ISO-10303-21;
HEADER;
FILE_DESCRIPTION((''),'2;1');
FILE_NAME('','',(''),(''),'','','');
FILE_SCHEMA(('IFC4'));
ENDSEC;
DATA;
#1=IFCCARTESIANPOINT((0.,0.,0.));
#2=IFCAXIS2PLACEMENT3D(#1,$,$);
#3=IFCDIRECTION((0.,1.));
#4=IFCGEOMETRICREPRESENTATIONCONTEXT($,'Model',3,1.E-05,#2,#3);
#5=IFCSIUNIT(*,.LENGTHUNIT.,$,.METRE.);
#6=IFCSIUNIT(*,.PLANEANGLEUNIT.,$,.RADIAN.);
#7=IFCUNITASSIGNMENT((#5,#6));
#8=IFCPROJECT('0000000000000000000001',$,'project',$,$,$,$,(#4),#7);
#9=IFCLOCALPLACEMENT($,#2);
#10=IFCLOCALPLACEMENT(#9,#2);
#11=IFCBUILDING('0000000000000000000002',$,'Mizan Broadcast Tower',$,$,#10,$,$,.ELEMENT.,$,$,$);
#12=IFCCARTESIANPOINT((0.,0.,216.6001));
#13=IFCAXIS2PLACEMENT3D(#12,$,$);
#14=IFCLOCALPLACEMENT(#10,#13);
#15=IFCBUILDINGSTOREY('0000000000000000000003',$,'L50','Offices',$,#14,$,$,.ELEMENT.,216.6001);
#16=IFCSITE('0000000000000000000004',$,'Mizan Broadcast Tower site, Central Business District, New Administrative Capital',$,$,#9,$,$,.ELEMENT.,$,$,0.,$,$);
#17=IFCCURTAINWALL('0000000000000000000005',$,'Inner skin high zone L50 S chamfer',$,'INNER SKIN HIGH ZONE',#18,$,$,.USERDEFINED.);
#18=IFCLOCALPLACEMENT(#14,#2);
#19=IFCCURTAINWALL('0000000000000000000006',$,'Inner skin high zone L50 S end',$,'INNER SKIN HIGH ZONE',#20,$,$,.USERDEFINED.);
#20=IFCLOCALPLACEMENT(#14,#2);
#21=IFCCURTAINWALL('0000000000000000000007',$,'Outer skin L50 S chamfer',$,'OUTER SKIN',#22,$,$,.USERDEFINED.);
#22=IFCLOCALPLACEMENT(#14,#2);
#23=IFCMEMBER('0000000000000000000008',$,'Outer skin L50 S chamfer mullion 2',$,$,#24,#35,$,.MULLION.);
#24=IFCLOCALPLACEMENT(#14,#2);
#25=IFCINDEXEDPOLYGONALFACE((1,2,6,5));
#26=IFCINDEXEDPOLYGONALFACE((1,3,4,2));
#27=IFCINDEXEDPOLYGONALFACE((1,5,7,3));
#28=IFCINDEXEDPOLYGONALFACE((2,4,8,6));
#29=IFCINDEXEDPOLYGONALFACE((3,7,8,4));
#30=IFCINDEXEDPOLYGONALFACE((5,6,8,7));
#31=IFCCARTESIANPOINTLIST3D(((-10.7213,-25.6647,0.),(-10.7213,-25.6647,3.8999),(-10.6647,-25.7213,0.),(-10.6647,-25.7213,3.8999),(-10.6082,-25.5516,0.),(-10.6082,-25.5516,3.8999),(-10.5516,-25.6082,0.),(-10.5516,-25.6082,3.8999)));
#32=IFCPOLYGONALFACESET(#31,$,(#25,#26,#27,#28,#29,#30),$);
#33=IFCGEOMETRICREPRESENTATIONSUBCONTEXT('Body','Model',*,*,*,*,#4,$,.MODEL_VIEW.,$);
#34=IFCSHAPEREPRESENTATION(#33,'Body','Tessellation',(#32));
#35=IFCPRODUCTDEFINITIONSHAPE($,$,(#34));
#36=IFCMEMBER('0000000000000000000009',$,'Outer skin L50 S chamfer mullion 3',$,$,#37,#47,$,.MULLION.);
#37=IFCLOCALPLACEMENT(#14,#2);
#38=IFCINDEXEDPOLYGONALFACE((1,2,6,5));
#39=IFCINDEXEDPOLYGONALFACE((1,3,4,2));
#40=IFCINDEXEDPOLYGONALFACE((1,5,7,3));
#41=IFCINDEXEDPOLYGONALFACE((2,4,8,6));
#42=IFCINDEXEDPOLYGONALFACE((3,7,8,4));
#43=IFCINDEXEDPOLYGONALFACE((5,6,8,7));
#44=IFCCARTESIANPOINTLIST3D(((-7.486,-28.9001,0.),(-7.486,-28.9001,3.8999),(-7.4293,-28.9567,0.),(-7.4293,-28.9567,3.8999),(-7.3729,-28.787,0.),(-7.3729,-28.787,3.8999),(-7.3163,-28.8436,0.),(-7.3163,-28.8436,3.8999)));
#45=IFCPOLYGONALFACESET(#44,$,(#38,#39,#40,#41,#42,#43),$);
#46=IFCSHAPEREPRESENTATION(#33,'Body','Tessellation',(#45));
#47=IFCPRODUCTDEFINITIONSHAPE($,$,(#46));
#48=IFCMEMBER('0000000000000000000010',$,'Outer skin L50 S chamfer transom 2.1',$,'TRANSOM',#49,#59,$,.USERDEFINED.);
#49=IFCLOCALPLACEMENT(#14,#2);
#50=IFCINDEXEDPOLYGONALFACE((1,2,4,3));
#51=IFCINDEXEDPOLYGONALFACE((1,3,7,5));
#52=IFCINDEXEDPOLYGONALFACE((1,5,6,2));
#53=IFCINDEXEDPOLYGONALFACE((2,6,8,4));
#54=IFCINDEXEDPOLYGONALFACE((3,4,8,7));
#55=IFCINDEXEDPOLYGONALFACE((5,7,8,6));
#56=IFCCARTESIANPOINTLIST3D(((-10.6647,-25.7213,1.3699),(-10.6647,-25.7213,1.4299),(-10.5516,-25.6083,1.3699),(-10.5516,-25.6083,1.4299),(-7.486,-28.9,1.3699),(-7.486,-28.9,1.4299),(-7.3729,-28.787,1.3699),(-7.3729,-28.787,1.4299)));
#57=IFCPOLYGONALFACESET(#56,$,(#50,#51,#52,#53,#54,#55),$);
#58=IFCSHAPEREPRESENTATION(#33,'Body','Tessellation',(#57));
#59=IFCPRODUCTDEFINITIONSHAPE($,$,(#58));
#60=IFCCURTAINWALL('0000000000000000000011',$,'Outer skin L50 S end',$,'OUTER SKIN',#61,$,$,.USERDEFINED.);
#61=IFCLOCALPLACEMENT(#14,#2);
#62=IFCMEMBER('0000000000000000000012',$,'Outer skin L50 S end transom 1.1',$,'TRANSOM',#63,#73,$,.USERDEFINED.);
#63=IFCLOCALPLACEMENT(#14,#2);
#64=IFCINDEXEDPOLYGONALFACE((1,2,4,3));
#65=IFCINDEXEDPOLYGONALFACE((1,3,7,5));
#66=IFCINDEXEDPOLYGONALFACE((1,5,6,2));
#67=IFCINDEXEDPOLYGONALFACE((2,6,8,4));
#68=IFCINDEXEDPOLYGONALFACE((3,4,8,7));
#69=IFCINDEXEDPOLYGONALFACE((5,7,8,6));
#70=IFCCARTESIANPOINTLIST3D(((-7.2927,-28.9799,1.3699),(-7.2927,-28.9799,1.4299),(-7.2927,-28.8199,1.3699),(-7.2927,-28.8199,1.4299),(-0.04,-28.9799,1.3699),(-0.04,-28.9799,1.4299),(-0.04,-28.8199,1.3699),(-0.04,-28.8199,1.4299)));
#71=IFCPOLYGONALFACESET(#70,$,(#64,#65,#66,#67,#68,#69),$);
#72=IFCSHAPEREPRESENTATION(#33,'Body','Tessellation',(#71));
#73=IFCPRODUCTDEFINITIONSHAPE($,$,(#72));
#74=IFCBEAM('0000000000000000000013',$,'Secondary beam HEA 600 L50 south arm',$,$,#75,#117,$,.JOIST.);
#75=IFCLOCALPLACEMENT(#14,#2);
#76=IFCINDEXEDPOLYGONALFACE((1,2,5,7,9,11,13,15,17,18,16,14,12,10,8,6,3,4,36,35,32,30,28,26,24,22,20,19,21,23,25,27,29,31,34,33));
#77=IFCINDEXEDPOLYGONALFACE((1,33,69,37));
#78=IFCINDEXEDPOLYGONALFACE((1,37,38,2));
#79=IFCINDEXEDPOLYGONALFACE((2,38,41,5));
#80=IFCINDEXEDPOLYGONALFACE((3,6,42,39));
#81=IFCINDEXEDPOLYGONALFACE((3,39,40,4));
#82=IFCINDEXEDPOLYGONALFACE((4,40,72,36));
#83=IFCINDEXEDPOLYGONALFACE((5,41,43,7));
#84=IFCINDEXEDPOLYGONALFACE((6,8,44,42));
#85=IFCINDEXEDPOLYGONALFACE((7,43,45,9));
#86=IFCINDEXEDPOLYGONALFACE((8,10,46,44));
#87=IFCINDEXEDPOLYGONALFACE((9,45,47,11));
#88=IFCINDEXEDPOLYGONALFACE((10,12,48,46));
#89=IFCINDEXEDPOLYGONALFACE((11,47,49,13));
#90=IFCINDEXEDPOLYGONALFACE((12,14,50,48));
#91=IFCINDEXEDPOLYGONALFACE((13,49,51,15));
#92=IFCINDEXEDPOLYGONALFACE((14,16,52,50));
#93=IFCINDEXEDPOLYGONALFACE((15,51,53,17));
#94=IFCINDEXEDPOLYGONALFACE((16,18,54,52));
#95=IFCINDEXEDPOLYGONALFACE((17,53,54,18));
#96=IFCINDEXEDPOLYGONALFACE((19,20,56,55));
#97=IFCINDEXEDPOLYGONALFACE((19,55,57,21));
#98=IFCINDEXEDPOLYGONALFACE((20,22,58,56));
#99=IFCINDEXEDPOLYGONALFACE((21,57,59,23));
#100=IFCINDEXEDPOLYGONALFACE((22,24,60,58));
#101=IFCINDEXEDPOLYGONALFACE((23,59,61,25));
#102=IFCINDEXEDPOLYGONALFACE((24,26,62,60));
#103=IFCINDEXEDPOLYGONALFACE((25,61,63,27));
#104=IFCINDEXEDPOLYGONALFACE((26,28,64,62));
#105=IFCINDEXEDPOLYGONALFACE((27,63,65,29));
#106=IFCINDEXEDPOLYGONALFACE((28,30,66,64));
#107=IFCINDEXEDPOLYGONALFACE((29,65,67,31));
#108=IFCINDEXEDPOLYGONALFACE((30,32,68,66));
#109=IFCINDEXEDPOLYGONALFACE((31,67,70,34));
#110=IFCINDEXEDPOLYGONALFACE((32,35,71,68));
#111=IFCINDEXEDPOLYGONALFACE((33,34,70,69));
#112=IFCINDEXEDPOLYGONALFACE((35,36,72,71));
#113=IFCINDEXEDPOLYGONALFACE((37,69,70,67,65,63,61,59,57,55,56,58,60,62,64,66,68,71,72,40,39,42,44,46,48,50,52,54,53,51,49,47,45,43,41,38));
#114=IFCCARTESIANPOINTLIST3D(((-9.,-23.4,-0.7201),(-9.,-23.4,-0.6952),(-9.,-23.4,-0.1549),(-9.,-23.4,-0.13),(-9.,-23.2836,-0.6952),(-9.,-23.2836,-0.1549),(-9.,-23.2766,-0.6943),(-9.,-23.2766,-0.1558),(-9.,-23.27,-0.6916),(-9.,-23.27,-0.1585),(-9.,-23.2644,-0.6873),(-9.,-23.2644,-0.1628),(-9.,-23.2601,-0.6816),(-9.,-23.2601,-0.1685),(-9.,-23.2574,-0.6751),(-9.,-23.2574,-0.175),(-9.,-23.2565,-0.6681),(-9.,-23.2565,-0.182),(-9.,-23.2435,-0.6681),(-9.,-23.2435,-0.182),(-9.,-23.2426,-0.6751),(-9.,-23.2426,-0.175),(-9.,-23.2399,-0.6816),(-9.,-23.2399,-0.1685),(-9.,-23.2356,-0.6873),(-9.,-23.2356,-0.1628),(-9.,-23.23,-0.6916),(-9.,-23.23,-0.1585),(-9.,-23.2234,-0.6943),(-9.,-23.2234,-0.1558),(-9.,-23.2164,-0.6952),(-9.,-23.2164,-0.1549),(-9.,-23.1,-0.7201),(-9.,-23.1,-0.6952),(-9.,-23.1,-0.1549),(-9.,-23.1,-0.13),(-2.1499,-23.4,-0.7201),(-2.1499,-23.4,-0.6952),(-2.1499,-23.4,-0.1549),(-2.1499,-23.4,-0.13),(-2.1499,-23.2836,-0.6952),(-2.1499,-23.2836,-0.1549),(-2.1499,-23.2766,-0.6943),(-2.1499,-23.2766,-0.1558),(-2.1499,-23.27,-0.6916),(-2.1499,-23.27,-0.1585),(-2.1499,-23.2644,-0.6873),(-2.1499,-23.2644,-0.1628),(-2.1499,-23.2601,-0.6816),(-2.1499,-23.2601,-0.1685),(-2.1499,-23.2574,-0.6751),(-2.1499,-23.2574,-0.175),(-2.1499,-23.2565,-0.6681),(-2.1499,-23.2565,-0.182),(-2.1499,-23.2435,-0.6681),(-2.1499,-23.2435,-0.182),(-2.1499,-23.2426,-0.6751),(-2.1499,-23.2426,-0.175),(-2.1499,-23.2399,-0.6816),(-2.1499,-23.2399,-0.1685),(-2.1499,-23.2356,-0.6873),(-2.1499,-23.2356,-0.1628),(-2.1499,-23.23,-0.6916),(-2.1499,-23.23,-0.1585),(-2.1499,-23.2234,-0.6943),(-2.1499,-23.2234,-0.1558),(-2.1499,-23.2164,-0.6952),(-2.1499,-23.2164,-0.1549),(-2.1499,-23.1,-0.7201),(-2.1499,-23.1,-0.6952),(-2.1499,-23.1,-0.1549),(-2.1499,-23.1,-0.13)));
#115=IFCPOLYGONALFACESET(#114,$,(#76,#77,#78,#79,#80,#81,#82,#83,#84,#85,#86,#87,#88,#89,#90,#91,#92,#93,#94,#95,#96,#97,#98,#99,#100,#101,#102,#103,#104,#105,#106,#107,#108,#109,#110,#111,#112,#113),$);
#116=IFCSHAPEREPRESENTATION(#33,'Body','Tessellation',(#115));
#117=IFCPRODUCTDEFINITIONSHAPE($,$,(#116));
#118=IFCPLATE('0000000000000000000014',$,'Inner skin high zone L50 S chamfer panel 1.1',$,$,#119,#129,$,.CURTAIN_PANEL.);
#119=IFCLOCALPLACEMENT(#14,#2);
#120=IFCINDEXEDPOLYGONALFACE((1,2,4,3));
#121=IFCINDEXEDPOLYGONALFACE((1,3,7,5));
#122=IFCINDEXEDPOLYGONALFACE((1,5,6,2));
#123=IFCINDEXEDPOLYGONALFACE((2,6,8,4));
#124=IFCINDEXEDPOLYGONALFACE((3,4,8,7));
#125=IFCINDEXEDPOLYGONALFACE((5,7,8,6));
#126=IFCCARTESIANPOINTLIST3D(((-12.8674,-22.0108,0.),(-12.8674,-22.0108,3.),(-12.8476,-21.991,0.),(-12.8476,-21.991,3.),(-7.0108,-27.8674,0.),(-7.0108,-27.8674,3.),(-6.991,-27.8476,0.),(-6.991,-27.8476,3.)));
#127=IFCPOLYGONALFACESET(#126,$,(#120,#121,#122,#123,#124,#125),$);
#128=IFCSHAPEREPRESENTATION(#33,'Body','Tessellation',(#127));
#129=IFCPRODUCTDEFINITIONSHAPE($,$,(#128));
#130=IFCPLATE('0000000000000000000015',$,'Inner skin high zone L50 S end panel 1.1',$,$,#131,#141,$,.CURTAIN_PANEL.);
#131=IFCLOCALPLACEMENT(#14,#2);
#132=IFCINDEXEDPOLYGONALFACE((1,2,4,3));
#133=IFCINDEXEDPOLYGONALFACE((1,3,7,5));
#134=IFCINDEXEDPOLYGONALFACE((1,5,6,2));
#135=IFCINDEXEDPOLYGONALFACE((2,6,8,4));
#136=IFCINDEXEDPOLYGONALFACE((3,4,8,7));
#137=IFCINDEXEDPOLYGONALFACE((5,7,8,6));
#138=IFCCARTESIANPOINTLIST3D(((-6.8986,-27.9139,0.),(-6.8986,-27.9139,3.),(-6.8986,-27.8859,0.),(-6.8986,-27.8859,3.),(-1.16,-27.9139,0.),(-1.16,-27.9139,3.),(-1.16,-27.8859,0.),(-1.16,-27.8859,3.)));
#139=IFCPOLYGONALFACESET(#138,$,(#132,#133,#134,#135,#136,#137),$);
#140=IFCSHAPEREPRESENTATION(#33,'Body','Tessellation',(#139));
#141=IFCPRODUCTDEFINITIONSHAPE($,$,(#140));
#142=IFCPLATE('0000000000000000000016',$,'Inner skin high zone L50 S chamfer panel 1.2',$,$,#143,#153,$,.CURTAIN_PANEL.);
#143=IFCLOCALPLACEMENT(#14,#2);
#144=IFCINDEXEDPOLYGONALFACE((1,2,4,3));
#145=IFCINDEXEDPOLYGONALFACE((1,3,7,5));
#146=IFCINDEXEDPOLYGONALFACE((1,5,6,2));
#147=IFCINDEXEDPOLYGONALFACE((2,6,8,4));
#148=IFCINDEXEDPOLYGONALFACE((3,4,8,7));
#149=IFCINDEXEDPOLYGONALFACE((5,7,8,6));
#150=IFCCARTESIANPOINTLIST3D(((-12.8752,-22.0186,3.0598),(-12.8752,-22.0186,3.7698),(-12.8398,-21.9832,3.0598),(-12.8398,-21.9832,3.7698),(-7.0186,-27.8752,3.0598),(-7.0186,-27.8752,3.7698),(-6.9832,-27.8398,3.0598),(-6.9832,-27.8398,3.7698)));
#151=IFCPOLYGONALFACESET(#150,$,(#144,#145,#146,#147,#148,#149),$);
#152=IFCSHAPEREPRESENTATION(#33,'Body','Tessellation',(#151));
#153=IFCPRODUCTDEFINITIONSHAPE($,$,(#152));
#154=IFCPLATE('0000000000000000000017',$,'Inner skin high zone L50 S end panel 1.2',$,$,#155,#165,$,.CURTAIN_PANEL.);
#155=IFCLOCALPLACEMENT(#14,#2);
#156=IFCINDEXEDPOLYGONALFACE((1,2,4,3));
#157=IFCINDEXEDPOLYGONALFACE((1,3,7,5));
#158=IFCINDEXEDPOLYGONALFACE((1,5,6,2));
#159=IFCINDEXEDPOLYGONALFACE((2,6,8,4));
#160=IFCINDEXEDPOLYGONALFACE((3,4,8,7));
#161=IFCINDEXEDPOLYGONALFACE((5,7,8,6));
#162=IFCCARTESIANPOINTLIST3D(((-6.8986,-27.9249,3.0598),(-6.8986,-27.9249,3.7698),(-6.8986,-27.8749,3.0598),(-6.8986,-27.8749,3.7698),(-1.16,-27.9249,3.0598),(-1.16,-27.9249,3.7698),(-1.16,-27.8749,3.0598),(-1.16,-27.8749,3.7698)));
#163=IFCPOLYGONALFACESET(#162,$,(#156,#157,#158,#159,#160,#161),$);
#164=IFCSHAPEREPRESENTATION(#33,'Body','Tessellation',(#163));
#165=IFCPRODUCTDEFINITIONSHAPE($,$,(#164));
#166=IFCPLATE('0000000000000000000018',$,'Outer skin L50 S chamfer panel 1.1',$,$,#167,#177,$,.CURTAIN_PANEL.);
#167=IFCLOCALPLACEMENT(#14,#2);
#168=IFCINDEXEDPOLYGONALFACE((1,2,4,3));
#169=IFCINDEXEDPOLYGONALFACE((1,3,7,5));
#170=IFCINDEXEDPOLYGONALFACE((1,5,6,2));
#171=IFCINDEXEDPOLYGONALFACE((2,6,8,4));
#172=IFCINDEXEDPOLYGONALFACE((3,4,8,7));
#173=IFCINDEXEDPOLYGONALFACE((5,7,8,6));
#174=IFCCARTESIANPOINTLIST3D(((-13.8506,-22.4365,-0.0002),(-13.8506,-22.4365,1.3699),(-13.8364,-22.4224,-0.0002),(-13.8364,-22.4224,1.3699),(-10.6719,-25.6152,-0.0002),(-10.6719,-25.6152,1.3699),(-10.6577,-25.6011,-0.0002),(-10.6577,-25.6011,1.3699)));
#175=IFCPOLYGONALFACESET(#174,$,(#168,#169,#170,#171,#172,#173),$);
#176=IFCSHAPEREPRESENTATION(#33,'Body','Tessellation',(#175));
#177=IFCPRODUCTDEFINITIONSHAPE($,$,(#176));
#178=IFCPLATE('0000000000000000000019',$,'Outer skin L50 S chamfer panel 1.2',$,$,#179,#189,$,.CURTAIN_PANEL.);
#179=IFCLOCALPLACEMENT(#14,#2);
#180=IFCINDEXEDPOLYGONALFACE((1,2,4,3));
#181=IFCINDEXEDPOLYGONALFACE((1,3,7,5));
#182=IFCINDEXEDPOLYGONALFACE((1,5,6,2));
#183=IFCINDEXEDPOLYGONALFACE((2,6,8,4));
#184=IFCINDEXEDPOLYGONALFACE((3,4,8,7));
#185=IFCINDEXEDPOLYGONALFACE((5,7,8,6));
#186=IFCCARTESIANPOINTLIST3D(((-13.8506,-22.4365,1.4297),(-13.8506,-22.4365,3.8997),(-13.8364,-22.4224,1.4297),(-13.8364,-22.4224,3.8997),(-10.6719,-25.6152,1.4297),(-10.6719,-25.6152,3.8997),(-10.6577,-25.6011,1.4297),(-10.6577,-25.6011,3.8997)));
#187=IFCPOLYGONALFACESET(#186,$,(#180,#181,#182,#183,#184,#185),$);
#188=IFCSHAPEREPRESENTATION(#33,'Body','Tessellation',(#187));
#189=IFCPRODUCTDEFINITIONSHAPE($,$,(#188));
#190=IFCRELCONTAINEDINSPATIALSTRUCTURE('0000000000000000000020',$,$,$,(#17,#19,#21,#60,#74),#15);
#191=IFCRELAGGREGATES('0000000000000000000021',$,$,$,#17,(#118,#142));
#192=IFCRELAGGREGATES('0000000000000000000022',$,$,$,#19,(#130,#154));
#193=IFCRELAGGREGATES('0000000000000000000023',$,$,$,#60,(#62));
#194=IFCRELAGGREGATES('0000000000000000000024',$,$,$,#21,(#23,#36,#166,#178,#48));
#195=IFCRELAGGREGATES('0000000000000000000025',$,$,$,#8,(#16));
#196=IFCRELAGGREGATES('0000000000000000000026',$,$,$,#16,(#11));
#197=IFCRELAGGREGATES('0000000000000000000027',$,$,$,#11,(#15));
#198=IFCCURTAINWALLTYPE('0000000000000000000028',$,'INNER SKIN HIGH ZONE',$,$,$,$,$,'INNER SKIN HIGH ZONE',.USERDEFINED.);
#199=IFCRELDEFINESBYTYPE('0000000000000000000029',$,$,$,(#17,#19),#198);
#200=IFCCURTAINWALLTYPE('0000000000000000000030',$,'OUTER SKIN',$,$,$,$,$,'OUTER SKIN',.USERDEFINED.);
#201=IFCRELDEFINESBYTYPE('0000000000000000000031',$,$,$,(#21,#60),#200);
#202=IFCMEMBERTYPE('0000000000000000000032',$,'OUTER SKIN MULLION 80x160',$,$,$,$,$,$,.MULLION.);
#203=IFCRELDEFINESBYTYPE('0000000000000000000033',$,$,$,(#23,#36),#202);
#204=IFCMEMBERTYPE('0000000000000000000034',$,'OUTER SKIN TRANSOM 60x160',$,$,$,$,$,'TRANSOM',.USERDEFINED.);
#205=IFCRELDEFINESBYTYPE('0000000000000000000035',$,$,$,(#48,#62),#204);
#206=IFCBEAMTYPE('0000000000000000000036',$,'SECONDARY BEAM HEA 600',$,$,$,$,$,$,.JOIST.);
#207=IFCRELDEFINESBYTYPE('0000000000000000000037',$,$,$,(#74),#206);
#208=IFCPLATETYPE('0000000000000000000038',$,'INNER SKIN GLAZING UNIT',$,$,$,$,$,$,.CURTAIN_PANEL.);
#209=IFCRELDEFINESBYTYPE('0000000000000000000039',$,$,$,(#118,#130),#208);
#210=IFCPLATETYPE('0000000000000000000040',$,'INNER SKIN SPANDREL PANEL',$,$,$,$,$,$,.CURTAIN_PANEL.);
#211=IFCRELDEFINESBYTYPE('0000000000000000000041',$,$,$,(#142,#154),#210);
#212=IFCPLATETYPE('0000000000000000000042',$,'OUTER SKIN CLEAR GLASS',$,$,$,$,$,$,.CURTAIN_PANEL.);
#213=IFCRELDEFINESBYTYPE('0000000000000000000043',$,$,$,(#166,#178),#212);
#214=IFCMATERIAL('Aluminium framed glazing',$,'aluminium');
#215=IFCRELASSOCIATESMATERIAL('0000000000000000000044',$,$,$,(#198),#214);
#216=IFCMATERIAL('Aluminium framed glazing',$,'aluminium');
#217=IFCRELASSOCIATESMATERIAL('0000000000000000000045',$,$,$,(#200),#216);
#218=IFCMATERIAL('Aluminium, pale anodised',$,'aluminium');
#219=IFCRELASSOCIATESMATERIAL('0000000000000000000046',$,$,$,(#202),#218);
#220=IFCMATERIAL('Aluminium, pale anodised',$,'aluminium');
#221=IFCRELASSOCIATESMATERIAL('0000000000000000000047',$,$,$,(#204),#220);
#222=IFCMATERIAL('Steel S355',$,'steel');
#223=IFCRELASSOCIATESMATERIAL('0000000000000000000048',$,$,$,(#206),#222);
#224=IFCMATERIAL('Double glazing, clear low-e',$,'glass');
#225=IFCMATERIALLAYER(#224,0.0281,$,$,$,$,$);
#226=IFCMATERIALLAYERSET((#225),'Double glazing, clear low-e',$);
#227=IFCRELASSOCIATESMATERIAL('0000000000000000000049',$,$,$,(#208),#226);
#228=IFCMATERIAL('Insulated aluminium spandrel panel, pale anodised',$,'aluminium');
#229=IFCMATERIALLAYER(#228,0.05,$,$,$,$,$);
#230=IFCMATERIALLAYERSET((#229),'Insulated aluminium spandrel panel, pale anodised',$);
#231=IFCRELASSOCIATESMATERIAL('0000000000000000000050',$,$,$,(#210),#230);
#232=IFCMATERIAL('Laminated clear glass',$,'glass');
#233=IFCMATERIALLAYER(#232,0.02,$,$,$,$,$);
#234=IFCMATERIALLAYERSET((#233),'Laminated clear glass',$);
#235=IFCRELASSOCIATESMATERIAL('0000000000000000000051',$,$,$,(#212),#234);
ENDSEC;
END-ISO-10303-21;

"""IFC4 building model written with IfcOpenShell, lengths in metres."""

from ifc_helpers import new_model, si_unit, direction, frame, origin, origin_2d, place, context, subcontext, project, spatial, rectangle, i_section, extrude, material, layer, layer_set, material_profile, profile_set, type_object, element, aggregate, save


model = new_model("IFC4")

# Units and contexts
model_context = context("Model", 3, precision=1e-05, world=origin(), true_north=direction((0.0, 1.0)))
body_context = subcontext(model_context, "Body", "Model", "MODEL_VIEW")
ifc_project = project(units=[si_unit("LENGTHUNIT", "METRE"), si_unit("PLANEANGLEUNIT", "RADIAN")], contexts=[model_context])

# Site, building, storey
site_placement = place(None, origin())
site = spatial("IfcSite", under=ifc_project, at=site_placement, Name="Mizan Broadcast Tower site, Central Business District, New Administrative Capital", CompositionType="ELEMENT", RefElevation=0.0)
building_placement = place(site_placement, origin())
building = spatial("IfcBuilding", under=site, at=building_placement, Name="Mizan Broadcast Tower", CompositionType="ELEMENT")
storey_placement = place(building_placement, frame((0.0, 0.0, 216.6001)))
storey = spatial("IfcBuildingStorey", under=building, at=storey_placement, Name="L50", Description="Offices", CompositionType="ELEMENT", Elevation=216.6001)

# Curtain wall
ifc_material_1 = material(Name="Aluminium framed glazing", Category="aluminium")
curtain_wall_type_1 = type_object("IfcCurtainWallType", Name="INNER SKIN HIGH ZONE", ElementType="INNER SKIN HIGH ZONE", PredefinedType="USERDEFINED", material=ifc_material_1)
curtain_wall_1_placement = place(storey_placement, origin())
curtain_wall_1 = element("IfcCurtainWall", 1, at=curtain_wall_1_placement, inside=storey, type_object=curtain_wall_type_1, Name="Inner skin high zone L50 S chamfer", ObjectType="INNER SKIN HIGH ZONE", PredefinedType="USERDEFINED")

# Curtain walls, members
curtain_wall_2_placement = place(storey_placement, origin())
curtain_wall_2 = element("IfcCurtainWall", 2, at=curtain_wall_2_placement, inside=storey, type_object=curtain_wall_type_1, Name="Inner skin high zone L50 S end", ObjectType="INNER SKIN HIGH ZONE", PredefinedType="USERDEFINED")
ifc_material_2 = material(Name="Aluminium framed glazing", Category="aluminium")
curtain_wall_type_2 = type_object("IfcCurtainWallType", Name="OUTER SKIN", ElementType="OUTER SKIN", PredefinedType="USERDEFINED", material=ifc_material_2)
curtain_wall_3_placement = place(storey_placement, origin())
curtain_wall_3 = element("IfcCurtainWall", 3, at=curtain_wall_3_placement, inside=storey, type_object=curtain_wall_type_2, Name="Outer skin L50 S chamfer", ObjectType="OUTER SKIN", PredefinedType="USERDEFINED")
ifc_material_3 = material(Name="Aluminium, pale anodised", Category="aluminium")
ifc_material_profile_1 = material_profile(ifc_material_3, rectangle(XDim=0.1599, YDim=0.0801, at=origin_2d()), Name="MULLION 160x80")
ifc_profile_set_1 = profile_set([ifc_material_profile_1], Name="Aluminium, pale anodised")
member_type_1 = type_object("IfcMemberType", Name="OUTER SKIN MULLION 80x160", PredefinedType="MULLION", material=ifc_profile_set_1)
member_1_placement = place(storey_placement, frame((-10.6365, -25.6365, 0.0), z_axis=(0.0, 0.0, 1.0), x_axis=(0.707107, 0.707107, 0.0)))
member_1 = element("IfcMember", 4, at=member_1_placement, type_object=member_type_1, Name="Outer skin L50 S chamfer mullion 2", PredefinedType="MULLION", context=body_context, shape_type="SweptSolid", body=[
    extrude(rectangle(XDim=0.1599, YDim=0.0801, at=origin_2d()), origin(), (0.0, 0.0, 1.0), 3.8999),
])
member_2_placement = place(storey_placement, frame((-7.4011, -28.8718, 0.0), z_axis=(0.0, 0.0, 1.0), x_axis=(0.707107, 0.707107, 0.0)))
member_2 = element("IfcMember", 5, at=member_2_placement, type_object=member_type_1, Name="Outer skin L50 S chamfer mullion 3", PredefinedType="MULLION", context=body_context, shape_type="SweptSolid", body=[
    extrude(rectangle(XDim=0.1599, YDim=0.0801, at=origin_2d()), origin(), (0.0, 0.0, 1.0), 3.8999),
])
ifc_material_4 = material(Name="Aluminium, pale anodised", Category="aluminium")
ifc_material_profile_2 = material_profile(ifc_material_4, rectangle(XDim=0.1599, YDim=0.0601, at=origin_2d()), Name="TRANSOM 160x60")
ifc_profile_set_2 = profile_set([ifc_material_profile_2], Name="Aluminium, pale anodised")
member_type_2 = type_object("IfcMemberType", Name="OUTER SKIN TRANSOM 60x160", ElementType="TRANSOM", PredefinedType="USERDEFINED", material=ifc_profile_set_2)
member_3_placement = place(storey_placement, frame((-10.6082, -25.6648, 1.3999), z_axis=(0.707107, -0.707107, 0.0), x_axis=(0.707107, 0.707107, 0.0)))
member_3 = element("IfcMember", 6, at=member_3_placement, type_object=member_type_2, Name="Outer skin L50 S chamfer transom 2.1", ObjectType="TRANSOM", PredefinedType="USERDEFINED", context=body_context, shape_type="SweptSolid", body=[
    extrude(rectangle(XDim=0.1599, YDim=0.0601, at=origin_2d()), origin(), (0.0, 0.0, 1.0), 4.4954),
])

# Curtain wall, member
curtain_wall_4_placement = place(storey_placement, origin())
curtain_wall_4 = element("IfcCurtainWall", 7, at=curtain_wall_4_placement, inside=storey, type_object=curtain_wall_type_2, Name="Outer skin L50 S end", ObjectType="OUTER SKIN", PredefinedType="USERDEFINED")
member_4_placement = place(storey_placement, frame((-7.2927, -28.8999, 1.3999), z_axis=(1.0, 0.0, 0.0), x_axis=(0.0, 1.0, 0.0)))
member_4 = element("IfcMember", 8, at=member_4_placement, type_object=member_type_2, Name="Outer skin L50 S end transom 1.1", ObjectType="TRANSOM", PredefinedType="USERDEFINED", context=body_context, shape_type="SweptSolid", body=[
    extrude(rectangle(XDim=0.1599, YDim=0.0601, at=origin_2d()), origin(), (0.0, 0.0, 1.0), 7.2527),
])

# Beam
ifc_material_5 = material(Name="Steel S355", Category="steel")
ifc_material_profile_3 = material_profile(ifc_material_5, i_section(OverallWidth=0.3, OverallDepth=0.5901, WebThickness=0.0129, FlangeThickness=0.0249, FilletRadius=0.0271, at=origin_2d()), Name="HEA 600")
ifc_profile_set_3 = profile_set([ifc_material_profile_3], Name="Steel S355")
beam_type_1 = type_object("IfcBeamType", Name="SECONDARY BEAM HEA 600", PredefinedType="JOIST", material=ifc_profile_set_3)
beam_1_placement = place(storey_placement, frame((-9.0, -23.25, -0.425), z_axis=(1.0, 0.0, 0.0), x_axis=(0.0, 1.0, 0.0)))
element("IfcBeam", 9, at=beam_1_placement, inside=storey, type_object=beam_type_1, Name="Secondary beam HEA 600 L50 south arm", PredefinedType="JOIST", context=body_context, shape_type="SweptSolid", body=[
    extrude(i_section(OverallWidth=0.3, OverallDepth=0.5901, WebThickness=0.0129, FlangeThickness=0.0249, FilletRadius=0.0271, at=origin_2d()), origin(), (0.0, 0.0, 1.0), 6.8501),
])

# Plates
ifc_material_6 = material(Name="Double glazing, clear low-e", Category="glass")
ifc_layer_1 = layer(ifc_material_6, 0.0281)
ifc_layer_set_1 = layer_set([ifc_layer_1], Name="Double glazing, clear low-e")
plate_type_1 = type_object("IfcPlateType", Name="INNER SKIN GLAZING UNIT", PredefinedType="CURTAIN_PANEL", material=ifc_layer_set_1)
plate_1_placement = place(storey_placement, frame((-9.9292, -24.9292, 0.0), z_axis=(0.0, 0.0, 1.0), x_axis=(0.707107, -0.707107, 0.0)))
plate_1 = element("IfcPlate", 10, at=plate_1_placement, type_object=plate_type_1, Name="Inner skin high zone L50 S chamfer panel 1.1", PredefinedType="CURTAIN_PANEL", context=body_context, shape_type="SweptSolid", body=[
    extrude(rectangle(XDim=8.2825, YDim=0.0281, at=origin_2d()), origin(), (0.0, 0.0, 1.0), 3.0),
])
plate_2_placement = place(storey_placement, frame((-4.0293, -27.8999, 0.0), z_axis=(0.0, 0.0, 1.0), x_axis=(1.0, 0.0, 0.0)))
plate_2 = element("IfcPlate", 11, at=plate_2_placement, type_object=plate_type_1, Name="Inner skin high zone L50 S end panel 1.1", PredefinedType="CURTAIN_PANEL", context=body_context, shape_type="SweptSolid", body=[
    extrude(rectangle(XDim=5.7385, YDim=0.0281, at=origin_2d()), origin(), (0.0, 0.0, 1.0), 3.0),
])
ifc_material_7 = material(Name="Insulated aluminium spandrel panel, pale anodised", Category="aluminium")
ifc_layer_2 = layer(ifc_material_7, 0.05)
ifc_layer_set_2 = layer_set([ifc_layer_2], Name="Insulated aluminium spandrel panel, pale anodised")
plate_type_2 = type_object("IfcPlateType", Name="INNER SKIN SPANDREL PANEL", PredefinedType="CURTAIN_PANEL", material=ifc_layer_set_2)
plate_3_placement = place(storey_placement, frame((-9.9292, -24.9292, 3.0598), z_axis=(0.0, 0.0, 1.0), x_axis=(0.707107, -0.707107, 0.0)))
plate_3 = element("IfcPlate", 12, at=plate_3_placement, type_object=plate_type_2, Name="Inner skin high zone L50 S chamfer panel 1.2", PredefinedType="CURTAIN_PANEL", context=body_context, shape_type="SweptSolid", body=[
    extrude(rectangle(XDim=8.2825, YDim=0.05, at=origin_2d()), origin(), (0.0, 0.0, 1.0), 0.71),
])
aggregate(curtain_wall_1, [plate_1, plate_3])
plate_4_placement = place(storey_placement, frame((-4.0293, -27.8999, 3.0598), z_axis=(0.0, 0.0, 1.0), x_axis=(1.0, 0.0, 0.0)))
plate_4 = element("IfcPlate", 13, at=plate_4_placement, type_object=plate_type_2, Name="Inner skin high zone L50 S end panel 1.2", PredefinedType="CURTAIN_PANEL", context=body_context, shape_type="SweptSolid", body=[
    extrude(rectangle(XDim=5.7385, YDim=0.05, at=origin_2d()), origin(), (0.0, 0.0, 1.0), 0.71),
])
aggregate(curtain_wall_2, [plate_2, plate_4])
ifc_material_8 = material(Name="Laminated clear glass", Category="glass")
ifc_layer_3 = layer(ifc_material_8, 0.02)
ifc_layer_set_3 = layer_set([ifc_layer_3], Name="Laminated clear glass")
plate_type_3 = type_object("IfcPlateType", Name="OUTER SKIN CLEAR GLASS", PredefinedType="CURTAIN_PANEL", material=ifc_layer_set_3)
plate_5_placement = place(storey_placement, frame((-12.2542, -24.0188, -0.0002), z_axis=(0.0, 0.0, 1.0), x_axis=(0.707107, -0.707107, 0.0)))
plate_5 = element("IfcPlate", 14, at=plate_5_placement, type_object=plate_type_3, Name="Outer skin L50 S chamfer panel 1.1", PredefinedType="CURTAIN_PANEL", context=body_context, shape_type="SweptSolid", body=[
    extrude(rectangle(XDim=4.4954, YDim=0.02, at=origin_2d()), origin(), (0.0, 0.0, 1.0), 1.3701),
])
plate_6_placement = place(storey_placement, frame((-12.2542, -24.0188, 1.4297), z_axis=(0.0, 0.0, 1.0), x_axis=(0.707107, -0.707107, 0.0)))
plate_6 = element("IfcPlate", 15, at=plate_6_placement, type_object=plate_type_3, Name="Outer skin L50 S chamfer panel 1.2", PredefinedType="CURTAIN_PANEL", context=body_context, shape_type="SweptSolid", body=[
    extrude(rectangle(XDim=4.4954, YDim=0.02, at=origin_2d()), origin(), (0.0, 0.0, 1.0), 2.47),
])
aggregate(curtain_wall_4, [member_4])
aggregate(curtain_wall_3, [member_1, member_2, plate_5, plate_6, member_3])

save(model, "model.ifc")
